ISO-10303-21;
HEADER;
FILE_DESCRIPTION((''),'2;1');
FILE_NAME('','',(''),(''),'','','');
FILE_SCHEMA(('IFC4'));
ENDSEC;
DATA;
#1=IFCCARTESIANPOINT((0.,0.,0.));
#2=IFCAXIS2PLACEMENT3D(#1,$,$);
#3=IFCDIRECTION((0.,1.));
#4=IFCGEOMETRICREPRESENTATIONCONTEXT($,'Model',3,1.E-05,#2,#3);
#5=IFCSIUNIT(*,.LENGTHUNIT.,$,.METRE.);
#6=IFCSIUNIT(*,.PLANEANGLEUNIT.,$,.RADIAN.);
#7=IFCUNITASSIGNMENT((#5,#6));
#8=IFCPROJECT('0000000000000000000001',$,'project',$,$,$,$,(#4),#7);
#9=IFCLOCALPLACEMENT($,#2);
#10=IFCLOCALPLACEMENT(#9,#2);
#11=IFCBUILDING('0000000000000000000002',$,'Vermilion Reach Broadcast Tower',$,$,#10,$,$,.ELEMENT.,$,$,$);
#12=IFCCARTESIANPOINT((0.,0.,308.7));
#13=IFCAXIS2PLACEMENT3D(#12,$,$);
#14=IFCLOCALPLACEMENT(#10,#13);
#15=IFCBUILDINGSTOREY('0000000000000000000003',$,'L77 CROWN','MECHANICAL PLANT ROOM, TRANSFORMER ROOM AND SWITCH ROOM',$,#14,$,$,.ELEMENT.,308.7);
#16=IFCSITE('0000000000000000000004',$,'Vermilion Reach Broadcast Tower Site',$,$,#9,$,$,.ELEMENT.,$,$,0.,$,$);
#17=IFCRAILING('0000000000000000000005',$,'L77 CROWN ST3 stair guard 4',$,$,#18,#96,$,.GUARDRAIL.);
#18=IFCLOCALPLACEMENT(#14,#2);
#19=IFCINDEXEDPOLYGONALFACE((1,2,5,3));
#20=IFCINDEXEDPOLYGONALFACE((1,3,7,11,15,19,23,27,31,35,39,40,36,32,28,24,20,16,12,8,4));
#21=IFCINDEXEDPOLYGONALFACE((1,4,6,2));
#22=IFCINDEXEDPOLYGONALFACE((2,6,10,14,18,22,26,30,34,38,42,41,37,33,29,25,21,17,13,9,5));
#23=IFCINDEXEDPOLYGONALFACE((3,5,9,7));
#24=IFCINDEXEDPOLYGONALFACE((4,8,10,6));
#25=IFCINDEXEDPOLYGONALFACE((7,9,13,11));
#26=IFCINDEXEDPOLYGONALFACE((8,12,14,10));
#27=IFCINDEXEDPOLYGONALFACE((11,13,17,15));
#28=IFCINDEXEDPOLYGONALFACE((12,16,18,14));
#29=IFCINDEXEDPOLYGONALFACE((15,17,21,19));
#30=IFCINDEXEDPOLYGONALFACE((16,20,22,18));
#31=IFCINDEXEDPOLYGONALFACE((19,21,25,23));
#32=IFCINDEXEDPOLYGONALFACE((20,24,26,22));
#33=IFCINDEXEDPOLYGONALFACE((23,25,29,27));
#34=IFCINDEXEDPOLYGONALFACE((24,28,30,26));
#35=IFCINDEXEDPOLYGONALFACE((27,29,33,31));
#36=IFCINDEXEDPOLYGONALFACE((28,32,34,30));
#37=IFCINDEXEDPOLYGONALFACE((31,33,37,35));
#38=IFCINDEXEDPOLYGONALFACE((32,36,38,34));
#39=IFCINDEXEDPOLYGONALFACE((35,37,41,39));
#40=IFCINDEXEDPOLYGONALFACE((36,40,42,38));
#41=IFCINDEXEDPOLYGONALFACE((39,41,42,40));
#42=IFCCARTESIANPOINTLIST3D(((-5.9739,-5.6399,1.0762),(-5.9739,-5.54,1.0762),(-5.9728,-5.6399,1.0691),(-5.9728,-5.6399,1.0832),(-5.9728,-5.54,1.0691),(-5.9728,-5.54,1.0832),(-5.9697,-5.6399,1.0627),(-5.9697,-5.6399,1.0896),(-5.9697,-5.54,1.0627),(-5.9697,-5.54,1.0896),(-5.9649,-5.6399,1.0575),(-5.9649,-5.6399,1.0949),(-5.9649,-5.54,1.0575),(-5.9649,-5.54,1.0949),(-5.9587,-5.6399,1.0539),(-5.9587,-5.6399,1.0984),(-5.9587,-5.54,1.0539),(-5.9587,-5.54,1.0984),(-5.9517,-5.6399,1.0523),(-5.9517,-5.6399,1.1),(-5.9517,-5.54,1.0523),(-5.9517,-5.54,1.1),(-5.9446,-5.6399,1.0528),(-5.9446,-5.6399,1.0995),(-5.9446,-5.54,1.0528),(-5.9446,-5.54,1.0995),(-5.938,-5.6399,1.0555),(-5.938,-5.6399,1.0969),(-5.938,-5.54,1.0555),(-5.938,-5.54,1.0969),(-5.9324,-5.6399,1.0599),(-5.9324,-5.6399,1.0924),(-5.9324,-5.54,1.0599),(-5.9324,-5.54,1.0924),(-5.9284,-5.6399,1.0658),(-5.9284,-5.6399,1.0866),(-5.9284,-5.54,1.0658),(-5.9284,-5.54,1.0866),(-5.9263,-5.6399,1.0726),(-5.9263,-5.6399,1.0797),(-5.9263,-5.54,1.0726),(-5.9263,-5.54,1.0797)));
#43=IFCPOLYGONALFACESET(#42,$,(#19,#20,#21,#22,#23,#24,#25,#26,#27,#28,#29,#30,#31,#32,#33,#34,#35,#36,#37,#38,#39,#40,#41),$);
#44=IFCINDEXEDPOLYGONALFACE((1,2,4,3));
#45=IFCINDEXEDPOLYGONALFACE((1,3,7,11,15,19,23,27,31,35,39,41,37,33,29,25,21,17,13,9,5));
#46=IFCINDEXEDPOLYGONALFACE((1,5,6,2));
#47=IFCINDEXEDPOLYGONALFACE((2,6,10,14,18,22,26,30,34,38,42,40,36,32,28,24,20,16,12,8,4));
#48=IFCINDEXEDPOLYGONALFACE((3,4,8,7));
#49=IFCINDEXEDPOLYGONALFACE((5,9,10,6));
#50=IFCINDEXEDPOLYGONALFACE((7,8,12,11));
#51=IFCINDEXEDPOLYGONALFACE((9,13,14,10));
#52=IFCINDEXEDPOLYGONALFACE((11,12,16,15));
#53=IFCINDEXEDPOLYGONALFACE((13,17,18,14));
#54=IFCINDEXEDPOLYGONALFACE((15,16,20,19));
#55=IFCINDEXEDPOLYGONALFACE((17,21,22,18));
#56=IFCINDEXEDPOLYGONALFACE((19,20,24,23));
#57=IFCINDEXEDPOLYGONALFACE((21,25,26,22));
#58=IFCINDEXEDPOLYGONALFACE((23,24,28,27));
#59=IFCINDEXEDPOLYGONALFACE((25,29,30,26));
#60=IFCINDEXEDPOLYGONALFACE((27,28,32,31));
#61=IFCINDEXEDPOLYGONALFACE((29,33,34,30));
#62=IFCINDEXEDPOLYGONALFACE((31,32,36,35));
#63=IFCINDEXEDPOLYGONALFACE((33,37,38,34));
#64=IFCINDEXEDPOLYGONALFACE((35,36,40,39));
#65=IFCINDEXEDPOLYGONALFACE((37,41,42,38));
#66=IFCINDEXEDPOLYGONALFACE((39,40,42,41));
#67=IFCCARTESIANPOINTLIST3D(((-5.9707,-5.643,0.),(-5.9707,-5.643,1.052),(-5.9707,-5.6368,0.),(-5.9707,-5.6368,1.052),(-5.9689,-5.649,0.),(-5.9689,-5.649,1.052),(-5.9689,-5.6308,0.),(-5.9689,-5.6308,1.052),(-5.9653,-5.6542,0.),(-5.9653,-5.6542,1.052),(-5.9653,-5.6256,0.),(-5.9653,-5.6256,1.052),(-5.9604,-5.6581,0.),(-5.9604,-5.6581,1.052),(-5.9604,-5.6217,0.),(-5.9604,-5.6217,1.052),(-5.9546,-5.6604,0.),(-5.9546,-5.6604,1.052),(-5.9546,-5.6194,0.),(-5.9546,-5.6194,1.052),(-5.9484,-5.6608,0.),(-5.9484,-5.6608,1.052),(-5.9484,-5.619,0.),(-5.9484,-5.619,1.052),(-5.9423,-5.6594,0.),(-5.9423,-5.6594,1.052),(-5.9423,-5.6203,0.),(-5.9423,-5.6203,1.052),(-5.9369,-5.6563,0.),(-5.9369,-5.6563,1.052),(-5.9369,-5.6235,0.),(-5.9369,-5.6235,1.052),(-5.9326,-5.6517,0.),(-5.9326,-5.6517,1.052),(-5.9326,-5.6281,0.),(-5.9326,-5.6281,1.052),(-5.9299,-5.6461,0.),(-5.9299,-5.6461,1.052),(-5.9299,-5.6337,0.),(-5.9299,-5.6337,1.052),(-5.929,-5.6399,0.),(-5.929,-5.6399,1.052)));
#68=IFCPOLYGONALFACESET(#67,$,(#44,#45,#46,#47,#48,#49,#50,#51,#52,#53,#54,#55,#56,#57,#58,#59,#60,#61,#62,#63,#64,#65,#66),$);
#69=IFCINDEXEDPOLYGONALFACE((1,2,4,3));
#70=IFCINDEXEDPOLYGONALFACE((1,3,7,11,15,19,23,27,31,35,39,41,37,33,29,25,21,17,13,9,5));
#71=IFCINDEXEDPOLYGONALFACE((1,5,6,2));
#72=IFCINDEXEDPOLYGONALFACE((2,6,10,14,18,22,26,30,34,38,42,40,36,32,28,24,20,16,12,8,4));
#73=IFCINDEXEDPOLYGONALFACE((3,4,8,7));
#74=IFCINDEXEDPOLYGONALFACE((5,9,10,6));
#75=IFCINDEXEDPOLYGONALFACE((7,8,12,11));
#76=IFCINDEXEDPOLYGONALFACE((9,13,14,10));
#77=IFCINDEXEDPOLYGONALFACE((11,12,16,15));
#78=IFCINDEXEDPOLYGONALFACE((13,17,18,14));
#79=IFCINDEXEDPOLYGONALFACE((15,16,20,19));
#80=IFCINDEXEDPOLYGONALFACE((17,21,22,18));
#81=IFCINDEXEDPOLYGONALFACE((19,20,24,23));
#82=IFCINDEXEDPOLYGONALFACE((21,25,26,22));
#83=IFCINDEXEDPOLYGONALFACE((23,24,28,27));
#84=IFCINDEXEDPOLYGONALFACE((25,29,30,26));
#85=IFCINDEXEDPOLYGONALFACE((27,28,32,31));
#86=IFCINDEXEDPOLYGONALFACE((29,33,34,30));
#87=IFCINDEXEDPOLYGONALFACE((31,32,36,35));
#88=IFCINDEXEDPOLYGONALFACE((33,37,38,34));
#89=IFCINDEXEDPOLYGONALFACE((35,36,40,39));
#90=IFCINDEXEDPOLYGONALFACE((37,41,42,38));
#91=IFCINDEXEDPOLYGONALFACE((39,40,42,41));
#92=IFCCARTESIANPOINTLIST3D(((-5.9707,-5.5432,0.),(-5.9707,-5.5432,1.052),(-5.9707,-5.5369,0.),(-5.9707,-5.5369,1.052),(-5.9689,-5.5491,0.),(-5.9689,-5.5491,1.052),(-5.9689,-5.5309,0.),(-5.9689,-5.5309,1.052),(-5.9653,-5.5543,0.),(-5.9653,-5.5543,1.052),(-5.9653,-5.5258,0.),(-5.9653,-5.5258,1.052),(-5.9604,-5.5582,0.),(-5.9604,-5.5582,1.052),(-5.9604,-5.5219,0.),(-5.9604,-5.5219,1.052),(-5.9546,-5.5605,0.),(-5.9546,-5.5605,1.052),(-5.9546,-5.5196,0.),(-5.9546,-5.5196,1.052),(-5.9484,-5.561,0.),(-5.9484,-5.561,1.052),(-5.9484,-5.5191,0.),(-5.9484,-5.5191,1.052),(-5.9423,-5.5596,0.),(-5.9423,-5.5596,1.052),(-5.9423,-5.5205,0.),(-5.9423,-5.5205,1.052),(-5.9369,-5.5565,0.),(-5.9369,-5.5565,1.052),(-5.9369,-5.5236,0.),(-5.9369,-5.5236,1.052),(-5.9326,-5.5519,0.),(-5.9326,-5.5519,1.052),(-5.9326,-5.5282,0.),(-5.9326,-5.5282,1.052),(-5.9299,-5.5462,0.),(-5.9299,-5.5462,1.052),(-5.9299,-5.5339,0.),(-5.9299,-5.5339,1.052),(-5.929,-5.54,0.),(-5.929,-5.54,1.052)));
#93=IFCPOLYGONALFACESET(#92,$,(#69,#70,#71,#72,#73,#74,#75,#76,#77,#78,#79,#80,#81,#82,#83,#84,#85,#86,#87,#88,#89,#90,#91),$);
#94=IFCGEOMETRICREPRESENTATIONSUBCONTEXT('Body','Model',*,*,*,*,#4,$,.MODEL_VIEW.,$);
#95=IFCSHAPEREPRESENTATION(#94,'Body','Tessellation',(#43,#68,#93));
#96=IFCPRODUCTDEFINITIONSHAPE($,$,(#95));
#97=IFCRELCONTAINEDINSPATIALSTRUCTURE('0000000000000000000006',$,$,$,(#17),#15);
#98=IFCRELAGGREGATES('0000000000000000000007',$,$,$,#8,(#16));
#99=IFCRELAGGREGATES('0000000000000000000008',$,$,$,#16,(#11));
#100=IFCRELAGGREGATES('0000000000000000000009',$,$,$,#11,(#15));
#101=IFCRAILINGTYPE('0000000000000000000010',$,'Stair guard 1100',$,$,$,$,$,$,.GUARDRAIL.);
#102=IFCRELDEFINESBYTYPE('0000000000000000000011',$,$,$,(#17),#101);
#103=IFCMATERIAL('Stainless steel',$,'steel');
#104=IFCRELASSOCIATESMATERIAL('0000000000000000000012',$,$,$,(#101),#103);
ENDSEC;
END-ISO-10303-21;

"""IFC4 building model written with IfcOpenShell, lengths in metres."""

from ifc_helpers import new_model, si_unit, direction, frame, origin, origin_2d, place, context, subcontext, project, spatial, circle, extrude, material, type_object, element, save


model = new_model("IFC4")

# Units and contexts
model_context = context("Model", 3, precision=1e-05, world=origin(), true_north=direction((0.0, 1.0)))
body_context = subcontext(model_context, "Body", "Model", "MODEL_VIEW")
ifc_project = project(units=[si_unit("LENGTHUNIT", "METRE"), si_unit("PLANEANGLEUNIT", "RADIAN")], contexts=[model_context])

# Site, building, storey
site_placement = place(None, origin())
site = spatial("IfcSite", under=ifc_project, at=site_placement, Name="Vermilion Reach Broadcast Tower Site", CompositionType="ELEMENT", RefElevation=0.0)
building_placement = place(site_placement, origin())
building = spatial("IfcBuilding", under=site, at=building_placement, Name="Vermilion Reach Broadcast Tower", CompositionType="ELEMENT")
storey_placement = place(building_placement, frame((0.0, 0.0, 308.7)))
storey = spatial("IfcBuildingStorey", under=building, at=storey_placement, Name="L77 CROWN", Description="MECHANICAL PLANT ROOM, TRANSFORMER ROOM AND SWITCH ROOM", CompositionType="ELEMENT", Elevation=308.7)

# Railing
ifc_material_1 = material(Name="Stainless steel", Category="steel")
railing_type_1 = type_object("IfcRailingType", Name="Stair guard 1100", PredefinedType="GUARDRAIL", material=ifc_material_1)
railing_1_placement = place(storey_placement, frame((-5.95, -5.6399, 0.0)))
element("IfcRailing", 1, at=railing_1_placement, inside=storey, type_object=railing_type_1, Name="L77 CROWN ST3 stair guard 4", PredefinedType="GUARDRAIL", context=body_context, shape_type="SweptSolid", body=[
    extrude(circle(Radius=0.0239, at=origin_2d()), frame((0.0, 0.0, 1.0762), z_axis=(0.0, 1.0, 0.0), x_axis=(-1.0, 0.0, 0.0)), (0.0, 0.0, 1.0), 0.0999),
    extrude(circle(Radius=0.021, at=origin_2d()), origin(), (0.0, 0.0, 1.0), 1.052),
    extrude(circle(Radius=0.021, at=origin_2d()), frame((0.0, 0.0999, 0.0)), (0.0, 0.0, 1.0), 1.052),
])

save(model, "model.ifc")
